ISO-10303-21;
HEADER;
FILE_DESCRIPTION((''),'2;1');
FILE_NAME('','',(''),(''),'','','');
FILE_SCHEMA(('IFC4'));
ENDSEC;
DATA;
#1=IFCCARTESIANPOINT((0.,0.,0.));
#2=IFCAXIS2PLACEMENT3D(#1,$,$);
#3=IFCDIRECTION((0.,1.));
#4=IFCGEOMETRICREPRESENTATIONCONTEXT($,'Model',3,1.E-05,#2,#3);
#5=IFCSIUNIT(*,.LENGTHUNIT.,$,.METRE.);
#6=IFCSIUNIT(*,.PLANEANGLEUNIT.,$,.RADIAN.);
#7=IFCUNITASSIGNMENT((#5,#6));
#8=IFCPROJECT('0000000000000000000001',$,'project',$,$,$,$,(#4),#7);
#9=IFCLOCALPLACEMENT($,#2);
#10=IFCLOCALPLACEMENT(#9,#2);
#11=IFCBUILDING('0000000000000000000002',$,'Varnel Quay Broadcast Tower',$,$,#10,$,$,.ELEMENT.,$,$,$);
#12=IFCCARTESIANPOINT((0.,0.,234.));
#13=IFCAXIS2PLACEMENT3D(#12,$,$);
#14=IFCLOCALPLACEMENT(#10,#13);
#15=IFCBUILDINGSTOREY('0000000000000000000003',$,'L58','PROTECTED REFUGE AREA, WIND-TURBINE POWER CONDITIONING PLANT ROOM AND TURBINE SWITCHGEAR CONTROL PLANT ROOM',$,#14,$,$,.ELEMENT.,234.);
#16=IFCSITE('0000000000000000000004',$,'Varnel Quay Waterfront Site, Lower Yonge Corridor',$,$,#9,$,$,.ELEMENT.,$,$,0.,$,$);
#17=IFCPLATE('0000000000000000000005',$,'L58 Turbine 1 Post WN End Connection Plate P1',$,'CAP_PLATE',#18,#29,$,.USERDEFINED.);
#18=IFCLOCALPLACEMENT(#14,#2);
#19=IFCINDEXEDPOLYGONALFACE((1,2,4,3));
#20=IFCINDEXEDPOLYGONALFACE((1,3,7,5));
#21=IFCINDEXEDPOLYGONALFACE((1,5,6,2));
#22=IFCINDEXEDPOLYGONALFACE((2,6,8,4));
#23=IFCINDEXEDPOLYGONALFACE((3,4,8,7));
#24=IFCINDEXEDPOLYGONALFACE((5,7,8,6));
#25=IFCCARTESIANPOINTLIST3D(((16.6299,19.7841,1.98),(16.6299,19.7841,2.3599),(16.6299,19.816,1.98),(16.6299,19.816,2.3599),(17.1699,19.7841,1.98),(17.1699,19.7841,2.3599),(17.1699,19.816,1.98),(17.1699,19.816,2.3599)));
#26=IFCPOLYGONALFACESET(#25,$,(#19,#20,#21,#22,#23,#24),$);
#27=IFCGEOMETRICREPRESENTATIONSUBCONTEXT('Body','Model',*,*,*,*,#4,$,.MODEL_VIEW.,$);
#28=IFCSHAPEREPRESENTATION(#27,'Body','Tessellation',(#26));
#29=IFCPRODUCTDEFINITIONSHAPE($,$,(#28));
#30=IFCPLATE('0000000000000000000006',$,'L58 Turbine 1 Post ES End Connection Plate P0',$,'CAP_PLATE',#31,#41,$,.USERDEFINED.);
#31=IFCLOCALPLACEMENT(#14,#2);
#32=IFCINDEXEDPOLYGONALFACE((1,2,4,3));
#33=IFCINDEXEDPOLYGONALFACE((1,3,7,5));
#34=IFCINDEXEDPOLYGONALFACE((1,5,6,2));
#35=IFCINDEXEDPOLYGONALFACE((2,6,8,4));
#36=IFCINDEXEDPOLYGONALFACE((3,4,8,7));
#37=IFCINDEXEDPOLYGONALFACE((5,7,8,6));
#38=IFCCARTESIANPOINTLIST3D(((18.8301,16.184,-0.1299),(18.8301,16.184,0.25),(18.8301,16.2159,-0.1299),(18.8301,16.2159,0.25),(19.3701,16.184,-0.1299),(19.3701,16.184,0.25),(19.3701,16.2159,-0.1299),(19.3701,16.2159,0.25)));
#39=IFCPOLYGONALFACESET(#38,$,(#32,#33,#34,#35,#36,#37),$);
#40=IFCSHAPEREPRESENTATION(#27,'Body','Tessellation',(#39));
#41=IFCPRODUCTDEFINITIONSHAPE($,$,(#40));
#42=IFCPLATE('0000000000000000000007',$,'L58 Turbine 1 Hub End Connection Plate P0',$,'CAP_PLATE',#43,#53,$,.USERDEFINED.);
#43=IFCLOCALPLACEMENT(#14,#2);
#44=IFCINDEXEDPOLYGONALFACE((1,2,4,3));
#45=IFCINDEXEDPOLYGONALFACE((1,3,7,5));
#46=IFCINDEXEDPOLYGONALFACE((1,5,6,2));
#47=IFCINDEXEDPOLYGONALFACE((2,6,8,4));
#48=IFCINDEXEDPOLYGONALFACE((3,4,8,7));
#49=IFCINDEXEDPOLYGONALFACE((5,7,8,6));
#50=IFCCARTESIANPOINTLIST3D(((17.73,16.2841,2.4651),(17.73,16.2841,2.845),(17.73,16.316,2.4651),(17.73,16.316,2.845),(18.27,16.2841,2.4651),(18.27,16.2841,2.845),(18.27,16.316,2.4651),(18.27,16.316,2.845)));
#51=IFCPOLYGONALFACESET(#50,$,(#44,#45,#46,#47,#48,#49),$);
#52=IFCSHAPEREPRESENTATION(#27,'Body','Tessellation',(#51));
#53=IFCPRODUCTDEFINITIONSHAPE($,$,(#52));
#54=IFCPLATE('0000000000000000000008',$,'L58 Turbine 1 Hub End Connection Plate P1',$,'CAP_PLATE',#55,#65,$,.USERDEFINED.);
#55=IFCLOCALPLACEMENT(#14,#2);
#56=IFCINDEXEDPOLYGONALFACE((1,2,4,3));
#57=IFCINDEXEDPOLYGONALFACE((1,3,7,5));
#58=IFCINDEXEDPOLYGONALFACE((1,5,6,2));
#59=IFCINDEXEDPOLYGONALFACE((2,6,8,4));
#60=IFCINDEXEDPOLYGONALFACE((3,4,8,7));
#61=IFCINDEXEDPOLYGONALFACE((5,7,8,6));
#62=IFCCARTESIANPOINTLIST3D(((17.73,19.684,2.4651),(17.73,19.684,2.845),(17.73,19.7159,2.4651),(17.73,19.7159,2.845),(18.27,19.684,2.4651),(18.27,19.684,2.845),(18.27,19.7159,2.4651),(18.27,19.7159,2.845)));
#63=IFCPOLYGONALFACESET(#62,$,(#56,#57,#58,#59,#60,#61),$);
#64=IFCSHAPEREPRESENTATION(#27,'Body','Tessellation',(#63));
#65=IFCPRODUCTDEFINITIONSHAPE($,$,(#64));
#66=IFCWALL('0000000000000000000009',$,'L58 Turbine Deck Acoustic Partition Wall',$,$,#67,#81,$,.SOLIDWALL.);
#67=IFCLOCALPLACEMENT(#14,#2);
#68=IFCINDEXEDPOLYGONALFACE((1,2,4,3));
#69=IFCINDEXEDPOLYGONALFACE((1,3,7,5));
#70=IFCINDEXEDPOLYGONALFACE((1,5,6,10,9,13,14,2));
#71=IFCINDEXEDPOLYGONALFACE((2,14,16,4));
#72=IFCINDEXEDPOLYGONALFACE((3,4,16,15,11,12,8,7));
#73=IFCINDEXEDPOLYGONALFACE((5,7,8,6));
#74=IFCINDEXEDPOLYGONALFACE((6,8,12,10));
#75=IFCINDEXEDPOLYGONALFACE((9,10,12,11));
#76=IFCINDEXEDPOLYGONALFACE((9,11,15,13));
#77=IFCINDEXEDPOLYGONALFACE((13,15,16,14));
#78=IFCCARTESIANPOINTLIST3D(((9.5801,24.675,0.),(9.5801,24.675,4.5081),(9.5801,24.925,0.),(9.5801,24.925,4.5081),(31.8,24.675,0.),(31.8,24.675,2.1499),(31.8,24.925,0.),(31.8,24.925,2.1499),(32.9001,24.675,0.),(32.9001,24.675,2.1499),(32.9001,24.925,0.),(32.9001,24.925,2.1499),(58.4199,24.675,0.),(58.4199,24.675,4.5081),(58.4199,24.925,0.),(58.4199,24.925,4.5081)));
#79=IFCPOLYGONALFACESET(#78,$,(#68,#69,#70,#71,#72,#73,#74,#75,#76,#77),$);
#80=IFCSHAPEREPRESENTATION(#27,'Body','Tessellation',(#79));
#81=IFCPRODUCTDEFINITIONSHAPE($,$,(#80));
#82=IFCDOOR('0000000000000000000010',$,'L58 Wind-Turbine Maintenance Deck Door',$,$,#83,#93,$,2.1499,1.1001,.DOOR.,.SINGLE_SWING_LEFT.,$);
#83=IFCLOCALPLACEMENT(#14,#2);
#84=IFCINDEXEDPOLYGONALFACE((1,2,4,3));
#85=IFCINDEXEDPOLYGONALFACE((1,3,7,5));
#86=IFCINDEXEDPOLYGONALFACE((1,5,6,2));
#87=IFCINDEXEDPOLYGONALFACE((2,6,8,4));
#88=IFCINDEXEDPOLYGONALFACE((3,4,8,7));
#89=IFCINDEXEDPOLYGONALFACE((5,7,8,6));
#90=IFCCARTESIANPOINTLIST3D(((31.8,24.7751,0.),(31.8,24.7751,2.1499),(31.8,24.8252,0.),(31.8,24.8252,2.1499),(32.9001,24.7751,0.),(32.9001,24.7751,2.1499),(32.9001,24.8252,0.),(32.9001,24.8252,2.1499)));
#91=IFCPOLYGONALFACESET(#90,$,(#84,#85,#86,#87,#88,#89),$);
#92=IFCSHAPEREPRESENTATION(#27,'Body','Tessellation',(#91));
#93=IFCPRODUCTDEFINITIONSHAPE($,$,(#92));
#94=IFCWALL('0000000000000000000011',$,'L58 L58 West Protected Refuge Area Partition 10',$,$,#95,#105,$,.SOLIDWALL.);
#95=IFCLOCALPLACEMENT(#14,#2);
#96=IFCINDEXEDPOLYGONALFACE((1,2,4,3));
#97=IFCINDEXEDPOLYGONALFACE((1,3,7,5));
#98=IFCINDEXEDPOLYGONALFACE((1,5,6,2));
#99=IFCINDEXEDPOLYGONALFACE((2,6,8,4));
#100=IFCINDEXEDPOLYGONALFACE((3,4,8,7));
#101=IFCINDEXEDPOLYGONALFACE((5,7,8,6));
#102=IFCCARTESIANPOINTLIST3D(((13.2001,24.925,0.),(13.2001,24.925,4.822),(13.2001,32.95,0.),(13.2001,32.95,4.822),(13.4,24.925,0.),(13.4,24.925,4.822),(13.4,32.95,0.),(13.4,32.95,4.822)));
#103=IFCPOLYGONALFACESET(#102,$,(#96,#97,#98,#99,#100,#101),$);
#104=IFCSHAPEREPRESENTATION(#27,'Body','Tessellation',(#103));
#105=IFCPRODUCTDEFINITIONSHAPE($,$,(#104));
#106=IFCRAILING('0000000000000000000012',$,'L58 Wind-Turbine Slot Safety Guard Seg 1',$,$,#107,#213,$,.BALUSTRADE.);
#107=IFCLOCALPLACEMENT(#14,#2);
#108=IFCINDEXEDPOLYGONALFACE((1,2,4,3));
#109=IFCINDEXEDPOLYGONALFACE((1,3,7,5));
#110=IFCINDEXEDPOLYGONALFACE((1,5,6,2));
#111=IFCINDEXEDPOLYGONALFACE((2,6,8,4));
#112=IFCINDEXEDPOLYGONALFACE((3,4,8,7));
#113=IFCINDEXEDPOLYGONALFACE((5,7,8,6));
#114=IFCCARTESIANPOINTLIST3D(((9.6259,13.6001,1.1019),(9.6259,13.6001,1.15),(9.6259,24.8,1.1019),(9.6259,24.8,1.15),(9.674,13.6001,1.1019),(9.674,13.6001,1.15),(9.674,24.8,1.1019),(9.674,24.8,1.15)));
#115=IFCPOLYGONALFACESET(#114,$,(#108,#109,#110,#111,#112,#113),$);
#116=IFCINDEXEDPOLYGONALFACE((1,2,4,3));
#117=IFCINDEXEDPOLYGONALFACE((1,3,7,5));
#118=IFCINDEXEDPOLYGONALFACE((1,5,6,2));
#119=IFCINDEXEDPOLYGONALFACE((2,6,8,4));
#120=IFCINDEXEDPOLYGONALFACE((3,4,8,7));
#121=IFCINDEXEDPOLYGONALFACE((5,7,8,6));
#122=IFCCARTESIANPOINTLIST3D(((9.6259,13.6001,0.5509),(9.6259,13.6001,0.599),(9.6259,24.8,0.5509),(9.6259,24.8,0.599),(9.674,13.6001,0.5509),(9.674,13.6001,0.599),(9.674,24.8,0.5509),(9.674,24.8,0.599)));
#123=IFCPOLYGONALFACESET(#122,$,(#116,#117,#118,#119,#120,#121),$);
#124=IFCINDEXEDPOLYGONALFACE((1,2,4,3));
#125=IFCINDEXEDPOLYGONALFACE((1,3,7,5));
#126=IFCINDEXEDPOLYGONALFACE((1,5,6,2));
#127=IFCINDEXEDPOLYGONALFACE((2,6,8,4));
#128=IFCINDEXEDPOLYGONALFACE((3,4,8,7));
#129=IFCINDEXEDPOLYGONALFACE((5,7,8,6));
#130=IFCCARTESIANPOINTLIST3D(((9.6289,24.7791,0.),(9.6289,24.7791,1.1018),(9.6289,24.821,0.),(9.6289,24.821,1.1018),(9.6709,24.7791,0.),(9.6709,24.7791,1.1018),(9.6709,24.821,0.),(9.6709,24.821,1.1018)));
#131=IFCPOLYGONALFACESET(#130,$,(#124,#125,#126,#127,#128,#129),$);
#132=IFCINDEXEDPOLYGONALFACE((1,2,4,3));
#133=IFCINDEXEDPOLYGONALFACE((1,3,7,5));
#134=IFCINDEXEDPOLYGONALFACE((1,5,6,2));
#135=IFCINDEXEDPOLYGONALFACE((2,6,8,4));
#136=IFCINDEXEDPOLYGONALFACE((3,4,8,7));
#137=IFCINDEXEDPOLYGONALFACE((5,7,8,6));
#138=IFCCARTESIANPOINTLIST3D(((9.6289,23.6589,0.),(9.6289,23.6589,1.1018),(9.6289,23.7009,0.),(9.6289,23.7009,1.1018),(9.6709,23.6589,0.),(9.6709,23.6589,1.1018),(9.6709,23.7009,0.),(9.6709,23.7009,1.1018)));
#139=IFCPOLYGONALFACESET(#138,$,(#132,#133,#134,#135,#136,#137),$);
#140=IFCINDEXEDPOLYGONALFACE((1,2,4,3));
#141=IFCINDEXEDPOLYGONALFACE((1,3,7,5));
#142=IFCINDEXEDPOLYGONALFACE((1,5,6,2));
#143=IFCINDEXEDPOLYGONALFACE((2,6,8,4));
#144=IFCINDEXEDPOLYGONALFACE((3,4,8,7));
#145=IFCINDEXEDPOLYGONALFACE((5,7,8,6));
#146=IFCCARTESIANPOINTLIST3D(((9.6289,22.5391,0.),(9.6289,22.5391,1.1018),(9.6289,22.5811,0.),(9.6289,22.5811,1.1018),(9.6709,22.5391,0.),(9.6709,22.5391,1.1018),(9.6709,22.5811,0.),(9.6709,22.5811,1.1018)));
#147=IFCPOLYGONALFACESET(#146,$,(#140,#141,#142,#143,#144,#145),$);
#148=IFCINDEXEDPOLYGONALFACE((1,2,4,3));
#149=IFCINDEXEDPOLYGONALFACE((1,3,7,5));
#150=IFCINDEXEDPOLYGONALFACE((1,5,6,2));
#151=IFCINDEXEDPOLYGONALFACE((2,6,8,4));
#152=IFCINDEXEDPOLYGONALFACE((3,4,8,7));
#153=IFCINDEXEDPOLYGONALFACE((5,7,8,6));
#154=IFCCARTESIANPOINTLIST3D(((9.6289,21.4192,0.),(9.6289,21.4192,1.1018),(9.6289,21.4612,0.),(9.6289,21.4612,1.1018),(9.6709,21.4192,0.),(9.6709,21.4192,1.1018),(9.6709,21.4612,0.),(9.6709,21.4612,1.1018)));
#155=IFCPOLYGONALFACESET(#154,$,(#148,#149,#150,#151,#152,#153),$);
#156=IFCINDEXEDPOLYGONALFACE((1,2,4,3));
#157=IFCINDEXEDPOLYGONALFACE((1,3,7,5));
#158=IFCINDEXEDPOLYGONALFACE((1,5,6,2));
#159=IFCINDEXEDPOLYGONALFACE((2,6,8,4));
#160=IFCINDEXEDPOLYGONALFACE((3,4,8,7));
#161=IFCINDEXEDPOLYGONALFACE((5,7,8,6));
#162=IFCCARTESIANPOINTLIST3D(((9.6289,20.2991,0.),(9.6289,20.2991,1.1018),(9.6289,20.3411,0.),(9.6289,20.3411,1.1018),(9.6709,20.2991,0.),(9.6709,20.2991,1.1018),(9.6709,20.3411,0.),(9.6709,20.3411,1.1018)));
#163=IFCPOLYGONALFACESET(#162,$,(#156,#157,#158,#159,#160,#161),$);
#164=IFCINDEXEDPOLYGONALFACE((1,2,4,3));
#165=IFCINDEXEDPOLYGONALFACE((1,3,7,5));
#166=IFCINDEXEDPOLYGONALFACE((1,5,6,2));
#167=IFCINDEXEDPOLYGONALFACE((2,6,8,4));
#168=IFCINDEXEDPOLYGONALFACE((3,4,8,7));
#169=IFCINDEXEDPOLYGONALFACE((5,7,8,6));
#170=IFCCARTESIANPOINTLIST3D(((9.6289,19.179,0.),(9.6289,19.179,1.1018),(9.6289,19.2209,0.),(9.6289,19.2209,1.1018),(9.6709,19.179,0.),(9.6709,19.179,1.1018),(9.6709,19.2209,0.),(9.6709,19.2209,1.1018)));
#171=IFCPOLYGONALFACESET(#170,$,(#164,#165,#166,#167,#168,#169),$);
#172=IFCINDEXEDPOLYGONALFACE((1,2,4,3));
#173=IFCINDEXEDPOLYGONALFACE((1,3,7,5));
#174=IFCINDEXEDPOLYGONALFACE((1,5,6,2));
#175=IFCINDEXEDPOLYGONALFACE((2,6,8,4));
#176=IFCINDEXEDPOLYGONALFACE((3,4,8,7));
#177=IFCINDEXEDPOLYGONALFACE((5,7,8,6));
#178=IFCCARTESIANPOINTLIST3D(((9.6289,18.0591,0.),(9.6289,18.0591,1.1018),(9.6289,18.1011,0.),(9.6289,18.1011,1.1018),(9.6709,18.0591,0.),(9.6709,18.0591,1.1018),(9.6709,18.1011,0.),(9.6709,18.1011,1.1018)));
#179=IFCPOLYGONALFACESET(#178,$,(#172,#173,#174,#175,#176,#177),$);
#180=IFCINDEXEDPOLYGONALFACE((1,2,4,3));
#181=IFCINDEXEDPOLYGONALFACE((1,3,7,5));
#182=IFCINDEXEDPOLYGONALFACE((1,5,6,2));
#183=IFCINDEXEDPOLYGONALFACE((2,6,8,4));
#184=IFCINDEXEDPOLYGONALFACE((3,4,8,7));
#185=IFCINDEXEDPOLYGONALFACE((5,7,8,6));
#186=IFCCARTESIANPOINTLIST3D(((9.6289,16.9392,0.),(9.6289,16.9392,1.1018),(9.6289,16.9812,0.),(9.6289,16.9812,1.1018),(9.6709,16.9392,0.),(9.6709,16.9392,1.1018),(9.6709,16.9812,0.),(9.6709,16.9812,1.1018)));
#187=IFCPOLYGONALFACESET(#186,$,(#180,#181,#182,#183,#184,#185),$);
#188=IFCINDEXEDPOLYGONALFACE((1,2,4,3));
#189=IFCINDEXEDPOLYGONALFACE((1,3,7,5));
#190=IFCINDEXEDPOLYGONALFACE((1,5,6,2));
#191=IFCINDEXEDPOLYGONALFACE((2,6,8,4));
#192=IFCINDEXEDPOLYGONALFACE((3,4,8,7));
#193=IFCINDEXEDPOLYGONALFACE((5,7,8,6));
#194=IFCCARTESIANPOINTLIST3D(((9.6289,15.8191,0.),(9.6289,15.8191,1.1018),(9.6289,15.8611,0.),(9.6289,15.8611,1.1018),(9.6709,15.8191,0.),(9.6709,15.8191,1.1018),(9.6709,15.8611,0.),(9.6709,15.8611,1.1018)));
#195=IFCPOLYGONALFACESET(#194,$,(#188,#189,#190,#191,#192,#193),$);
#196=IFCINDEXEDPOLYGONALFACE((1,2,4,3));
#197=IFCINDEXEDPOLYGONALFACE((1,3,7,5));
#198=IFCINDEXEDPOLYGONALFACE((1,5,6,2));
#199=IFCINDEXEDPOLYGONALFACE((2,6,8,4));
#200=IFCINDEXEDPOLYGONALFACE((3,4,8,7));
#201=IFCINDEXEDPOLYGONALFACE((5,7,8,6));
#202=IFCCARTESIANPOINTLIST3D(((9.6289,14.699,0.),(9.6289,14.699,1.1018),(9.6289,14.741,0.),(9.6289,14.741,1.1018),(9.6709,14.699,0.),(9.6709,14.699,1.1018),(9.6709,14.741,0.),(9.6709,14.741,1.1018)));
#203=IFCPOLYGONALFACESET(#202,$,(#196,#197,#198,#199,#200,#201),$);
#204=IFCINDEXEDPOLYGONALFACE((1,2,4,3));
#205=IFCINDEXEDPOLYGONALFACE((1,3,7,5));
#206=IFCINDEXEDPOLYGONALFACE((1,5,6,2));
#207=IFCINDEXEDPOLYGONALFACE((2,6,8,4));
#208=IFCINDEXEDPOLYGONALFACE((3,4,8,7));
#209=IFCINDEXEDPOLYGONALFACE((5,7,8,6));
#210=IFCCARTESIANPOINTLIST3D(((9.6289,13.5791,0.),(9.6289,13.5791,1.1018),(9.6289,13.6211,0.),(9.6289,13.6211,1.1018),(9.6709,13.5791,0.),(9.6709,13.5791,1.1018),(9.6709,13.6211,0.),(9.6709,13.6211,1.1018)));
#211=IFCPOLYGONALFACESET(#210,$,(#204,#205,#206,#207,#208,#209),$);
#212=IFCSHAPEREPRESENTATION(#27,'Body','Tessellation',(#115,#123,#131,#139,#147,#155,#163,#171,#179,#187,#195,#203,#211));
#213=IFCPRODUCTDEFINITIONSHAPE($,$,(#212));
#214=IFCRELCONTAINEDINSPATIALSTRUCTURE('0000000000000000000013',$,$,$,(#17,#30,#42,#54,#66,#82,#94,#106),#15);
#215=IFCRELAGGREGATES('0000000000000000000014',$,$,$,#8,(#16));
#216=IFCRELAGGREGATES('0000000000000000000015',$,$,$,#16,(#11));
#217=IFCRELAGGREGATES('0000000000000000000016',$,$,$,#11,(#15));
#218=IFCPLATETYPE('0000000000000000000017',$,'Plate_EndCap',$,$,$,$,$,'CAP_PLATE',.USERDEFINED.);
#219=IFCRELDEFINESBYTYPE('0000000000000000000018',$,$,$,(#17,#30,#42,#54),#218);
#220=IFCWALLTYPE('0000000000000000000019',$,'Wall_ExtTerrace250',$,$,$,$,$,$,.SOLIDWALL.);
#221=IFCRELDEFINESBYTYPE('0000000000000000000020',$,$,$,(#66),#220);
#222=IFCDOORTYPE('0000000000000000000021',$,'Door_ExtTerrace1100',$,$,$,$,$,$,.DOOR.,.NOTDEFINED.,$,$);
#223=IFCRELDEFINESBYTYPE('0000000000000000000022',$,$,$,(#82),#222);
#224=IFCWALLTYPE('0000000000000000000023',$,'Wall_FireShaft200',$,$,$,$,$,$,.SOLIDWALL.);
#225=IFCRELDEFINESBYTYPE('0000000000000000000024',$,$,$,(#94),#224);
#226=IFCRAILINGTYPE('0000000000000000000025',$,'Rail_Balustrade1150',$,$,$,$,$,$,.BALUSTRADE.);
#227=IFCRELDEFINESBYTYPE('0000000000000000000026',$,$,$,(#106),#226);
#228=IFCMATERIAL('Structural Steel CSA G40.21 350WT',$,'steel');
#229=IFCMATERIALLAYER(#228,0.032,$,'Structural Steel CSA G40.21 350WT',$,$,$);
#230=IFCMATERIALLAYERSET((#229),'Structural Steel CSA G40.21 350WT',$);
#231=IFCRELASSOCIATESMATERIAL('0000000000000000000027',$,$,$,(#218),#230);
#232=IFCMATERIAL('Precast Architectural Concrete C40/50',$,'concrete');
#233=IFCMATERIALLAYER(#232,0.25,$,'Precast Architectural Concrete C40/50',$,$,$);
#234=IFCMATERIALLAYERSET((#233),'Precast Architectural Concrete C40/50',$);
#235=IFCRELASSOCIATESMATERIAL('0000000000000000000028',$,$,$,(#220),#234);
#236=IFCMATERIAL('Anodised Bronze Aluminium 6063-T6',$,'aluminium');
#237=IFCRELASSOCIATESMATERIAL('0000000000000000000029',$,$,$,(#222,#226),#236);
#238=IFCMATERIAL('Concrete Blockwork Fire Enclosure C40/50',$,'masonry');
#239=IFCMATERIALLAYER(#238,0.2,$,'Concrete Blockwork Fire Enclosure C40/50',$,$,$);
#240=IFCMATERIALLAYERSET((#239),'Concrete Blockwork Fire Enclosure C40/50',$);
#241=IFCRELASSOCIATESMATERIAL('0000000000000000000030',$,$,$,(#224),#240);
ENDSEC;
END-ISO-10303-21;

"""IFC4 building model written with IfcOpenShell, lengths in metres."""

from ifc_helpers import new_model, si_unit, direction, frame, frame_2d, origin, origin_2d, place, context, subcontext, project, spatial, rectangle, extrude, source, transform, mapped, material, layer, layer_set, type_object, type_shapes, element, fill, save


model = new_model("IFC4")

# Units and contexts
model_context = context("Model", 3, precision=1e-05, world=origin(), true_north=direction((0.0, 1.0)))
body_context = subcontext(model_context, "Body", "Model", "MODEL_VIEW")
ifc_project = project(units=[si_unit("LENGTHUNIT", "METRE"), si_unit("PLANEANGLEUNIT", "RADIAN")], contexts=[model_context])

# Site, building, storey
site_placement = place(None, origin())
site = spatial("IfcSite", under=ifc_project, at=site_placement, Name="Varnel Quay Waterfront Site, Lower Yonge Corridor", CompositionType="ELEMENT", RefElevation=0.0)
building_placement = place(site_placement, origin())
building = spatial("IfcBuilding", under=site, at=building_placement, Name="Varnel Quay Broadcast Tower", CompositionType="ELEMENT")
storey_placement = place(building_placement, frame((0.0, 0.0, 234.0)))
storey = spatial("IfcBuildingStorey", under=building, at=storey_placement, Name="L58", Description="PROTECTED REFUGE AREA, WIND-TURBINE POWER CONDITIONING PLANT ROOM AND TURBINE SWITCHGEAR CONTROL PLANT ROOM", CompositionType="ELEMENT", Elevation=234.0)

# Shared definitions
ifc_material_1 = material(Name="Structural Steel CSA G40.21 350WT", Category="steel")

# Shared definitions
ifc_material_2 = material(Name="Anodised Bronze Aluminium 6063-T6", Category="aluminium")

# Plates
ifc_layer_1 = layer(ifc_material_1, 0.032, Name="Structural Steel CSA G40.21 350WT")
ifc_layer_set_1 = layer_set([ifc_layer_1], Name="Structural Steel CSA G40.21 350WT")
plate_type = type_object("IfcPlateType", Name="Plate_EndCap", ElementType="CAP_PLATE", PredefinedType="USERDEFINED", material=ifc_layer_set_1)
shared_shape_1 = source(origin(), body_context, "Body", "SweptSolid", [
    extrude(rectangle(XDim=0.54, YDim=0.032, at=origin_2d()), origin(), (0.0, 0.0, 1.0), 0.3799),
])
type_shapes(plate_type, [shared_shape_1])
for number, where, z_axis, x_axis, name in (
    (1, (16.8999, 19.8, 1.98), (0.0, 0.0, 1.0), (1.0, 0.0, 0.0), "L58 Turbine 1 Post WN End Connection Plate P1"),
    (2, (19.1001, 16.2, -0.1299), (0.0, 0.0, 1.0), (1.0, 0.0, 0.0), "L58 Turbine 1 Post ES End Connection Plate P0"),
    (3, (18.0, 16.3, 2.4651), (0.0, 0.0, 1.0), (1.0, 0.0, 0.0), "L58 Turbine 1 Hub End Connection Plate P0"),
    (4, (18.0, 19.7, 2.4651), (0.0, 0.0, 1.0), (1.0, 0.0, 0.0), "L58 Turbine 1 Hub End Connection Plate P1"),
):
    element("IfcPlate", number, at=place(storey_placement, frame(where, z_axis=z_axis, x_axis=x_axis)), inside=storey, type_object=plate_type, Name=name, ObjectType="CAP_PLATE", PredefinedType="USERDEFINED", context=body_context, shape_type="MappedRepresentation", body=[
        mapped(shared_shape_1, transform((0.0, 0.0, 0.0), x_axis=(1.0, 0.0, 0.0), y_axis=(0.0, 1.0, 0.0), z_axis=(0.0, 0.0, 1.0), scale=1.0)),
    ])

# Wall, opening, door
ifc_material_3 = material(Name="Precast Architectural Concrete C40/50", Category="concrete")
ifc_layer_2 = layer(ifc_material_3, 0.25, Name="Precast Architectural Concrete C40/50")
ifc_layer_set_2 = layer_set([ifc_layer_2], Name="Precast Architectural Concrete C40/50")
wall_type_1 = type_object("IfcWallType", Name="Wall_ExtTerrace250", PredefinedType="SOLIDWALL", material=ifc_layer_set_2)
wall_1_placement = place(storey_placement, frame((9.5801, 24.8, 0.0), z_axis=(0.0, 0.0, 1.0), x_axis=(1.0, 0.0, 0.0)))
wall_1 = element("IfcWall", 5, at=wall_1_placement, inside=storey, type_object=wall_type_1, Name="L58 Turbine Deck Acoustic Partition Wall", PredefinedType="SOLIDWALL", context=body_context, shape_type="SweptSolid", body=[
    extrude(rectangle(XDim=48.8398, YDim=0.25, at=frame_2d((24.4199, 0.0))), origin(), (0.0, 0.0, 1.0), 4.5081),
])
opening_placement = place(wall_1_placement, frame((22.22, 0.0, 0.0)))
opening = element("IfcOpeningElement", 6, at=opening_placement, cuts=wall_1, PredefinedType="OPENING", context=body_context, shape_type="SweptSolid", body=[
    extrude(rectangle(XDim=1.1001, YDim=2.1499, at=frame_2d((0.55, 1.075))), frame((0.0, 0.135, 0.0), z_axis=(0.0, -1.0, 0.0), x_axis=(1.0, 0.0, 0.0)), (0.0, 0.0, 1.0), 0.27),
])
door_type = type_object("IfcDoorType", Name="Door_ExtTerrace1100", OperationType="NOTDEFINED", PredefinedType="DOOR", material=ifc_material_2)
shared_shape_2 = source(origin(), body_context, "Body", "SweptSolid", [
    extrude(rectangle(XDim=1.1001, YDim=2.1499, at=frame_2d((0.55, 1.075))), frame((0.0, 0.0249, 0.0), z_axis=(0.0, -1.0, 0.0), x_axis=(1.0, 0.0, 0.0)), (0.0, 0.0, 1.0), 0.05),
])
type_shapes(door_type, [shared_shape_2])
door_placement = place(opening_placement, frame((1.1001, 0.0, 0.0), z_axis=(0.0, 0.0, 1.0), x_axis=(-1.0, 0.0, 0.0)))
door = element("IfcDoor", 7, at=door_placement, inside=storey, type_object=door_type, Name="L58 Wind-Turbine Maintenance Deck Door", OperationType="SINGLE_SWING_LEFT", OverallHeight=2.1499, OverallWidth=1.1001, PredefinedType="DOOR", context=body_context, shape_type="MappedRepresentation", body=[
    mapped(shared_shape_2, transform((0.0, 0.0, 0.0), x_axis=(1.0, 0.0, 0.0), y_axis=(0.0, 1.0, 0.0), z_axis=(0.0, 0.0, 1.0), scale=1.0)),
])
fill(opening, door)

# Wall
ifc_material_4 = material(Name="Concrete Blockwork Fire Enclosure C40/50", Category="masonry")
ifc_layer_3 = layer(ifc_material_4, 0.2, Name="Concrete Blockwork Fire Enclosure C40/50")
ifc_layer_set_3 = layer_set([ifc_layer_3], Name="Concrete Blockwork Fire Enclosure C40/50")
wall_type_2 = type_object("IfcWallType", Name="Wall_FireShaft200", PredefinedType="SOLIDWALL", material=ifc_layer_set_3)
wall_2_placement = place(storey_placement, frame((13.3, 24.925, 0.0), z_axis=(0.0, 0.0, 1.0), x_axis=(0.0, 1.0, 0.0)))
element("IfcWall", 8, at=wall_2_placement, inside=storey, type_object=wall_type_2, Name="L58 L58 West Protected Refuge Area Partition 10", PredefinedType="SOLIDWALL", context=body_context, shape_type="SweptSolid", body=[
    extrude(rectangle(XDim=8.0249, YDim=0.2, at=frame_2d((4.0125, 0.0))), origin(), (0.0, 0.0, 1.0), 4.822),
])

# Railing
railing_type = type_object("IfcRailingType", Name="Rail_Balustrade1150", PredefinedType="BALUSTRADE", material=ifc_material_2)
railing_1_placement = place(storey_placement, frame((9.6499, 24.8, 0.0)))
element("IfcRailing", 9, at=railing_1_placement, inside=storey, type_object=railing_type, Name="L58 Wind-Turbine Slot Safety Guard Seg 1", PredefinedType="BALUSTRADE", context=body_context, shape_type="SweptSolid", body=[
    extrude(rectangle(XDim=0.0481, YDim=0.0481, at=origin_2d()), frame((0.0, 0.0, 1.126), z_axis=(0.0, -1.0, 0.0), x_axis=(1.0, 0.0, 0.0)), (0.0, 0.0, 1.0), 11.2),
    extrude(rectangle(XDim=0.0481, YDim=0.0481, at=origin_2d()), frame((0.0, 0.0, 0.575), z_axis=(0.0, -1.0, 0.0), x_axis=(1.0, 0.0, 0.0)), (0.0, 0.0, 1.0), 11.2),
    extrude(rectangle(XDim=0.042, YDim=0.042, at=origin_2d()), origin(), (0.0, 0.0, 1.0), 1.1018),
    extrude(rectangle(XDim=0.042, YDim=0.042, at=origin_2d()), frame((0.0, -1.1201, 0.0)), (0.0, 0.0, 1.0), 1.1018),
    extrude(rectangle(XDim=0.042, YDim=0.042, at=origin_2d()), frame((0.0, -2.24, 0.0)), (0.0, 0.0, 1.0), 1.1018),
    extrude(rectangle(XDim=0.042, YDim=0.042, at=origin_2d()), frame((0.0, -3.3599, 0.0)), (0.0, 0.0, 1.0), 1.1018),
    extrude(rectangle(XDim=0.042, YDim=0.042, at=origin_2d()), frame((0.0, -4.48, 0.0)), (0.0, 0.0, 1.0), 1.1018),
    extrude(rectangle(XDim=0.042, YDim=0.042, at=origin_2d()), frame((0.0, -5.6001, 0.0)), (0.0, 0.0, 1.0), 1.1018),
    extrude(rectangle(XDim=0.042, YDim=0.042, at=origin_2d()), frame((0.0, -6.72, 0.0)), (0.0, 0.0, 1.0), 1.1018),
    extrude(rectangle(XDim=0.042, YDim=0.042, at=origin_2d()), frame((0.0, -7.8398, 0.0)), (0.0, 0.0, 1.0), 1.1018),
    extrude(rectangle(XDim=0.042, YDim=0.042, at=origin_2d()), frame((0.0, -8.96, 0.0)), (0.0, 0.0, 1.0), 1.1018),
    extrude(rectangle(XDim=0.042, YDim=0.042, at=origin_2d()), frame((0.0, -10.0801, 0.0)), (0.0, 0.0, 1.0), 1.1018),
    extrude(rectangle(XDim=0.042, YDim=0.042, at=origin_2d()), frame((0.0, -11.2, 0.0)), (0.0, 0.0, 1.0), 1.1018),
])

save(model, "model.ifc")
